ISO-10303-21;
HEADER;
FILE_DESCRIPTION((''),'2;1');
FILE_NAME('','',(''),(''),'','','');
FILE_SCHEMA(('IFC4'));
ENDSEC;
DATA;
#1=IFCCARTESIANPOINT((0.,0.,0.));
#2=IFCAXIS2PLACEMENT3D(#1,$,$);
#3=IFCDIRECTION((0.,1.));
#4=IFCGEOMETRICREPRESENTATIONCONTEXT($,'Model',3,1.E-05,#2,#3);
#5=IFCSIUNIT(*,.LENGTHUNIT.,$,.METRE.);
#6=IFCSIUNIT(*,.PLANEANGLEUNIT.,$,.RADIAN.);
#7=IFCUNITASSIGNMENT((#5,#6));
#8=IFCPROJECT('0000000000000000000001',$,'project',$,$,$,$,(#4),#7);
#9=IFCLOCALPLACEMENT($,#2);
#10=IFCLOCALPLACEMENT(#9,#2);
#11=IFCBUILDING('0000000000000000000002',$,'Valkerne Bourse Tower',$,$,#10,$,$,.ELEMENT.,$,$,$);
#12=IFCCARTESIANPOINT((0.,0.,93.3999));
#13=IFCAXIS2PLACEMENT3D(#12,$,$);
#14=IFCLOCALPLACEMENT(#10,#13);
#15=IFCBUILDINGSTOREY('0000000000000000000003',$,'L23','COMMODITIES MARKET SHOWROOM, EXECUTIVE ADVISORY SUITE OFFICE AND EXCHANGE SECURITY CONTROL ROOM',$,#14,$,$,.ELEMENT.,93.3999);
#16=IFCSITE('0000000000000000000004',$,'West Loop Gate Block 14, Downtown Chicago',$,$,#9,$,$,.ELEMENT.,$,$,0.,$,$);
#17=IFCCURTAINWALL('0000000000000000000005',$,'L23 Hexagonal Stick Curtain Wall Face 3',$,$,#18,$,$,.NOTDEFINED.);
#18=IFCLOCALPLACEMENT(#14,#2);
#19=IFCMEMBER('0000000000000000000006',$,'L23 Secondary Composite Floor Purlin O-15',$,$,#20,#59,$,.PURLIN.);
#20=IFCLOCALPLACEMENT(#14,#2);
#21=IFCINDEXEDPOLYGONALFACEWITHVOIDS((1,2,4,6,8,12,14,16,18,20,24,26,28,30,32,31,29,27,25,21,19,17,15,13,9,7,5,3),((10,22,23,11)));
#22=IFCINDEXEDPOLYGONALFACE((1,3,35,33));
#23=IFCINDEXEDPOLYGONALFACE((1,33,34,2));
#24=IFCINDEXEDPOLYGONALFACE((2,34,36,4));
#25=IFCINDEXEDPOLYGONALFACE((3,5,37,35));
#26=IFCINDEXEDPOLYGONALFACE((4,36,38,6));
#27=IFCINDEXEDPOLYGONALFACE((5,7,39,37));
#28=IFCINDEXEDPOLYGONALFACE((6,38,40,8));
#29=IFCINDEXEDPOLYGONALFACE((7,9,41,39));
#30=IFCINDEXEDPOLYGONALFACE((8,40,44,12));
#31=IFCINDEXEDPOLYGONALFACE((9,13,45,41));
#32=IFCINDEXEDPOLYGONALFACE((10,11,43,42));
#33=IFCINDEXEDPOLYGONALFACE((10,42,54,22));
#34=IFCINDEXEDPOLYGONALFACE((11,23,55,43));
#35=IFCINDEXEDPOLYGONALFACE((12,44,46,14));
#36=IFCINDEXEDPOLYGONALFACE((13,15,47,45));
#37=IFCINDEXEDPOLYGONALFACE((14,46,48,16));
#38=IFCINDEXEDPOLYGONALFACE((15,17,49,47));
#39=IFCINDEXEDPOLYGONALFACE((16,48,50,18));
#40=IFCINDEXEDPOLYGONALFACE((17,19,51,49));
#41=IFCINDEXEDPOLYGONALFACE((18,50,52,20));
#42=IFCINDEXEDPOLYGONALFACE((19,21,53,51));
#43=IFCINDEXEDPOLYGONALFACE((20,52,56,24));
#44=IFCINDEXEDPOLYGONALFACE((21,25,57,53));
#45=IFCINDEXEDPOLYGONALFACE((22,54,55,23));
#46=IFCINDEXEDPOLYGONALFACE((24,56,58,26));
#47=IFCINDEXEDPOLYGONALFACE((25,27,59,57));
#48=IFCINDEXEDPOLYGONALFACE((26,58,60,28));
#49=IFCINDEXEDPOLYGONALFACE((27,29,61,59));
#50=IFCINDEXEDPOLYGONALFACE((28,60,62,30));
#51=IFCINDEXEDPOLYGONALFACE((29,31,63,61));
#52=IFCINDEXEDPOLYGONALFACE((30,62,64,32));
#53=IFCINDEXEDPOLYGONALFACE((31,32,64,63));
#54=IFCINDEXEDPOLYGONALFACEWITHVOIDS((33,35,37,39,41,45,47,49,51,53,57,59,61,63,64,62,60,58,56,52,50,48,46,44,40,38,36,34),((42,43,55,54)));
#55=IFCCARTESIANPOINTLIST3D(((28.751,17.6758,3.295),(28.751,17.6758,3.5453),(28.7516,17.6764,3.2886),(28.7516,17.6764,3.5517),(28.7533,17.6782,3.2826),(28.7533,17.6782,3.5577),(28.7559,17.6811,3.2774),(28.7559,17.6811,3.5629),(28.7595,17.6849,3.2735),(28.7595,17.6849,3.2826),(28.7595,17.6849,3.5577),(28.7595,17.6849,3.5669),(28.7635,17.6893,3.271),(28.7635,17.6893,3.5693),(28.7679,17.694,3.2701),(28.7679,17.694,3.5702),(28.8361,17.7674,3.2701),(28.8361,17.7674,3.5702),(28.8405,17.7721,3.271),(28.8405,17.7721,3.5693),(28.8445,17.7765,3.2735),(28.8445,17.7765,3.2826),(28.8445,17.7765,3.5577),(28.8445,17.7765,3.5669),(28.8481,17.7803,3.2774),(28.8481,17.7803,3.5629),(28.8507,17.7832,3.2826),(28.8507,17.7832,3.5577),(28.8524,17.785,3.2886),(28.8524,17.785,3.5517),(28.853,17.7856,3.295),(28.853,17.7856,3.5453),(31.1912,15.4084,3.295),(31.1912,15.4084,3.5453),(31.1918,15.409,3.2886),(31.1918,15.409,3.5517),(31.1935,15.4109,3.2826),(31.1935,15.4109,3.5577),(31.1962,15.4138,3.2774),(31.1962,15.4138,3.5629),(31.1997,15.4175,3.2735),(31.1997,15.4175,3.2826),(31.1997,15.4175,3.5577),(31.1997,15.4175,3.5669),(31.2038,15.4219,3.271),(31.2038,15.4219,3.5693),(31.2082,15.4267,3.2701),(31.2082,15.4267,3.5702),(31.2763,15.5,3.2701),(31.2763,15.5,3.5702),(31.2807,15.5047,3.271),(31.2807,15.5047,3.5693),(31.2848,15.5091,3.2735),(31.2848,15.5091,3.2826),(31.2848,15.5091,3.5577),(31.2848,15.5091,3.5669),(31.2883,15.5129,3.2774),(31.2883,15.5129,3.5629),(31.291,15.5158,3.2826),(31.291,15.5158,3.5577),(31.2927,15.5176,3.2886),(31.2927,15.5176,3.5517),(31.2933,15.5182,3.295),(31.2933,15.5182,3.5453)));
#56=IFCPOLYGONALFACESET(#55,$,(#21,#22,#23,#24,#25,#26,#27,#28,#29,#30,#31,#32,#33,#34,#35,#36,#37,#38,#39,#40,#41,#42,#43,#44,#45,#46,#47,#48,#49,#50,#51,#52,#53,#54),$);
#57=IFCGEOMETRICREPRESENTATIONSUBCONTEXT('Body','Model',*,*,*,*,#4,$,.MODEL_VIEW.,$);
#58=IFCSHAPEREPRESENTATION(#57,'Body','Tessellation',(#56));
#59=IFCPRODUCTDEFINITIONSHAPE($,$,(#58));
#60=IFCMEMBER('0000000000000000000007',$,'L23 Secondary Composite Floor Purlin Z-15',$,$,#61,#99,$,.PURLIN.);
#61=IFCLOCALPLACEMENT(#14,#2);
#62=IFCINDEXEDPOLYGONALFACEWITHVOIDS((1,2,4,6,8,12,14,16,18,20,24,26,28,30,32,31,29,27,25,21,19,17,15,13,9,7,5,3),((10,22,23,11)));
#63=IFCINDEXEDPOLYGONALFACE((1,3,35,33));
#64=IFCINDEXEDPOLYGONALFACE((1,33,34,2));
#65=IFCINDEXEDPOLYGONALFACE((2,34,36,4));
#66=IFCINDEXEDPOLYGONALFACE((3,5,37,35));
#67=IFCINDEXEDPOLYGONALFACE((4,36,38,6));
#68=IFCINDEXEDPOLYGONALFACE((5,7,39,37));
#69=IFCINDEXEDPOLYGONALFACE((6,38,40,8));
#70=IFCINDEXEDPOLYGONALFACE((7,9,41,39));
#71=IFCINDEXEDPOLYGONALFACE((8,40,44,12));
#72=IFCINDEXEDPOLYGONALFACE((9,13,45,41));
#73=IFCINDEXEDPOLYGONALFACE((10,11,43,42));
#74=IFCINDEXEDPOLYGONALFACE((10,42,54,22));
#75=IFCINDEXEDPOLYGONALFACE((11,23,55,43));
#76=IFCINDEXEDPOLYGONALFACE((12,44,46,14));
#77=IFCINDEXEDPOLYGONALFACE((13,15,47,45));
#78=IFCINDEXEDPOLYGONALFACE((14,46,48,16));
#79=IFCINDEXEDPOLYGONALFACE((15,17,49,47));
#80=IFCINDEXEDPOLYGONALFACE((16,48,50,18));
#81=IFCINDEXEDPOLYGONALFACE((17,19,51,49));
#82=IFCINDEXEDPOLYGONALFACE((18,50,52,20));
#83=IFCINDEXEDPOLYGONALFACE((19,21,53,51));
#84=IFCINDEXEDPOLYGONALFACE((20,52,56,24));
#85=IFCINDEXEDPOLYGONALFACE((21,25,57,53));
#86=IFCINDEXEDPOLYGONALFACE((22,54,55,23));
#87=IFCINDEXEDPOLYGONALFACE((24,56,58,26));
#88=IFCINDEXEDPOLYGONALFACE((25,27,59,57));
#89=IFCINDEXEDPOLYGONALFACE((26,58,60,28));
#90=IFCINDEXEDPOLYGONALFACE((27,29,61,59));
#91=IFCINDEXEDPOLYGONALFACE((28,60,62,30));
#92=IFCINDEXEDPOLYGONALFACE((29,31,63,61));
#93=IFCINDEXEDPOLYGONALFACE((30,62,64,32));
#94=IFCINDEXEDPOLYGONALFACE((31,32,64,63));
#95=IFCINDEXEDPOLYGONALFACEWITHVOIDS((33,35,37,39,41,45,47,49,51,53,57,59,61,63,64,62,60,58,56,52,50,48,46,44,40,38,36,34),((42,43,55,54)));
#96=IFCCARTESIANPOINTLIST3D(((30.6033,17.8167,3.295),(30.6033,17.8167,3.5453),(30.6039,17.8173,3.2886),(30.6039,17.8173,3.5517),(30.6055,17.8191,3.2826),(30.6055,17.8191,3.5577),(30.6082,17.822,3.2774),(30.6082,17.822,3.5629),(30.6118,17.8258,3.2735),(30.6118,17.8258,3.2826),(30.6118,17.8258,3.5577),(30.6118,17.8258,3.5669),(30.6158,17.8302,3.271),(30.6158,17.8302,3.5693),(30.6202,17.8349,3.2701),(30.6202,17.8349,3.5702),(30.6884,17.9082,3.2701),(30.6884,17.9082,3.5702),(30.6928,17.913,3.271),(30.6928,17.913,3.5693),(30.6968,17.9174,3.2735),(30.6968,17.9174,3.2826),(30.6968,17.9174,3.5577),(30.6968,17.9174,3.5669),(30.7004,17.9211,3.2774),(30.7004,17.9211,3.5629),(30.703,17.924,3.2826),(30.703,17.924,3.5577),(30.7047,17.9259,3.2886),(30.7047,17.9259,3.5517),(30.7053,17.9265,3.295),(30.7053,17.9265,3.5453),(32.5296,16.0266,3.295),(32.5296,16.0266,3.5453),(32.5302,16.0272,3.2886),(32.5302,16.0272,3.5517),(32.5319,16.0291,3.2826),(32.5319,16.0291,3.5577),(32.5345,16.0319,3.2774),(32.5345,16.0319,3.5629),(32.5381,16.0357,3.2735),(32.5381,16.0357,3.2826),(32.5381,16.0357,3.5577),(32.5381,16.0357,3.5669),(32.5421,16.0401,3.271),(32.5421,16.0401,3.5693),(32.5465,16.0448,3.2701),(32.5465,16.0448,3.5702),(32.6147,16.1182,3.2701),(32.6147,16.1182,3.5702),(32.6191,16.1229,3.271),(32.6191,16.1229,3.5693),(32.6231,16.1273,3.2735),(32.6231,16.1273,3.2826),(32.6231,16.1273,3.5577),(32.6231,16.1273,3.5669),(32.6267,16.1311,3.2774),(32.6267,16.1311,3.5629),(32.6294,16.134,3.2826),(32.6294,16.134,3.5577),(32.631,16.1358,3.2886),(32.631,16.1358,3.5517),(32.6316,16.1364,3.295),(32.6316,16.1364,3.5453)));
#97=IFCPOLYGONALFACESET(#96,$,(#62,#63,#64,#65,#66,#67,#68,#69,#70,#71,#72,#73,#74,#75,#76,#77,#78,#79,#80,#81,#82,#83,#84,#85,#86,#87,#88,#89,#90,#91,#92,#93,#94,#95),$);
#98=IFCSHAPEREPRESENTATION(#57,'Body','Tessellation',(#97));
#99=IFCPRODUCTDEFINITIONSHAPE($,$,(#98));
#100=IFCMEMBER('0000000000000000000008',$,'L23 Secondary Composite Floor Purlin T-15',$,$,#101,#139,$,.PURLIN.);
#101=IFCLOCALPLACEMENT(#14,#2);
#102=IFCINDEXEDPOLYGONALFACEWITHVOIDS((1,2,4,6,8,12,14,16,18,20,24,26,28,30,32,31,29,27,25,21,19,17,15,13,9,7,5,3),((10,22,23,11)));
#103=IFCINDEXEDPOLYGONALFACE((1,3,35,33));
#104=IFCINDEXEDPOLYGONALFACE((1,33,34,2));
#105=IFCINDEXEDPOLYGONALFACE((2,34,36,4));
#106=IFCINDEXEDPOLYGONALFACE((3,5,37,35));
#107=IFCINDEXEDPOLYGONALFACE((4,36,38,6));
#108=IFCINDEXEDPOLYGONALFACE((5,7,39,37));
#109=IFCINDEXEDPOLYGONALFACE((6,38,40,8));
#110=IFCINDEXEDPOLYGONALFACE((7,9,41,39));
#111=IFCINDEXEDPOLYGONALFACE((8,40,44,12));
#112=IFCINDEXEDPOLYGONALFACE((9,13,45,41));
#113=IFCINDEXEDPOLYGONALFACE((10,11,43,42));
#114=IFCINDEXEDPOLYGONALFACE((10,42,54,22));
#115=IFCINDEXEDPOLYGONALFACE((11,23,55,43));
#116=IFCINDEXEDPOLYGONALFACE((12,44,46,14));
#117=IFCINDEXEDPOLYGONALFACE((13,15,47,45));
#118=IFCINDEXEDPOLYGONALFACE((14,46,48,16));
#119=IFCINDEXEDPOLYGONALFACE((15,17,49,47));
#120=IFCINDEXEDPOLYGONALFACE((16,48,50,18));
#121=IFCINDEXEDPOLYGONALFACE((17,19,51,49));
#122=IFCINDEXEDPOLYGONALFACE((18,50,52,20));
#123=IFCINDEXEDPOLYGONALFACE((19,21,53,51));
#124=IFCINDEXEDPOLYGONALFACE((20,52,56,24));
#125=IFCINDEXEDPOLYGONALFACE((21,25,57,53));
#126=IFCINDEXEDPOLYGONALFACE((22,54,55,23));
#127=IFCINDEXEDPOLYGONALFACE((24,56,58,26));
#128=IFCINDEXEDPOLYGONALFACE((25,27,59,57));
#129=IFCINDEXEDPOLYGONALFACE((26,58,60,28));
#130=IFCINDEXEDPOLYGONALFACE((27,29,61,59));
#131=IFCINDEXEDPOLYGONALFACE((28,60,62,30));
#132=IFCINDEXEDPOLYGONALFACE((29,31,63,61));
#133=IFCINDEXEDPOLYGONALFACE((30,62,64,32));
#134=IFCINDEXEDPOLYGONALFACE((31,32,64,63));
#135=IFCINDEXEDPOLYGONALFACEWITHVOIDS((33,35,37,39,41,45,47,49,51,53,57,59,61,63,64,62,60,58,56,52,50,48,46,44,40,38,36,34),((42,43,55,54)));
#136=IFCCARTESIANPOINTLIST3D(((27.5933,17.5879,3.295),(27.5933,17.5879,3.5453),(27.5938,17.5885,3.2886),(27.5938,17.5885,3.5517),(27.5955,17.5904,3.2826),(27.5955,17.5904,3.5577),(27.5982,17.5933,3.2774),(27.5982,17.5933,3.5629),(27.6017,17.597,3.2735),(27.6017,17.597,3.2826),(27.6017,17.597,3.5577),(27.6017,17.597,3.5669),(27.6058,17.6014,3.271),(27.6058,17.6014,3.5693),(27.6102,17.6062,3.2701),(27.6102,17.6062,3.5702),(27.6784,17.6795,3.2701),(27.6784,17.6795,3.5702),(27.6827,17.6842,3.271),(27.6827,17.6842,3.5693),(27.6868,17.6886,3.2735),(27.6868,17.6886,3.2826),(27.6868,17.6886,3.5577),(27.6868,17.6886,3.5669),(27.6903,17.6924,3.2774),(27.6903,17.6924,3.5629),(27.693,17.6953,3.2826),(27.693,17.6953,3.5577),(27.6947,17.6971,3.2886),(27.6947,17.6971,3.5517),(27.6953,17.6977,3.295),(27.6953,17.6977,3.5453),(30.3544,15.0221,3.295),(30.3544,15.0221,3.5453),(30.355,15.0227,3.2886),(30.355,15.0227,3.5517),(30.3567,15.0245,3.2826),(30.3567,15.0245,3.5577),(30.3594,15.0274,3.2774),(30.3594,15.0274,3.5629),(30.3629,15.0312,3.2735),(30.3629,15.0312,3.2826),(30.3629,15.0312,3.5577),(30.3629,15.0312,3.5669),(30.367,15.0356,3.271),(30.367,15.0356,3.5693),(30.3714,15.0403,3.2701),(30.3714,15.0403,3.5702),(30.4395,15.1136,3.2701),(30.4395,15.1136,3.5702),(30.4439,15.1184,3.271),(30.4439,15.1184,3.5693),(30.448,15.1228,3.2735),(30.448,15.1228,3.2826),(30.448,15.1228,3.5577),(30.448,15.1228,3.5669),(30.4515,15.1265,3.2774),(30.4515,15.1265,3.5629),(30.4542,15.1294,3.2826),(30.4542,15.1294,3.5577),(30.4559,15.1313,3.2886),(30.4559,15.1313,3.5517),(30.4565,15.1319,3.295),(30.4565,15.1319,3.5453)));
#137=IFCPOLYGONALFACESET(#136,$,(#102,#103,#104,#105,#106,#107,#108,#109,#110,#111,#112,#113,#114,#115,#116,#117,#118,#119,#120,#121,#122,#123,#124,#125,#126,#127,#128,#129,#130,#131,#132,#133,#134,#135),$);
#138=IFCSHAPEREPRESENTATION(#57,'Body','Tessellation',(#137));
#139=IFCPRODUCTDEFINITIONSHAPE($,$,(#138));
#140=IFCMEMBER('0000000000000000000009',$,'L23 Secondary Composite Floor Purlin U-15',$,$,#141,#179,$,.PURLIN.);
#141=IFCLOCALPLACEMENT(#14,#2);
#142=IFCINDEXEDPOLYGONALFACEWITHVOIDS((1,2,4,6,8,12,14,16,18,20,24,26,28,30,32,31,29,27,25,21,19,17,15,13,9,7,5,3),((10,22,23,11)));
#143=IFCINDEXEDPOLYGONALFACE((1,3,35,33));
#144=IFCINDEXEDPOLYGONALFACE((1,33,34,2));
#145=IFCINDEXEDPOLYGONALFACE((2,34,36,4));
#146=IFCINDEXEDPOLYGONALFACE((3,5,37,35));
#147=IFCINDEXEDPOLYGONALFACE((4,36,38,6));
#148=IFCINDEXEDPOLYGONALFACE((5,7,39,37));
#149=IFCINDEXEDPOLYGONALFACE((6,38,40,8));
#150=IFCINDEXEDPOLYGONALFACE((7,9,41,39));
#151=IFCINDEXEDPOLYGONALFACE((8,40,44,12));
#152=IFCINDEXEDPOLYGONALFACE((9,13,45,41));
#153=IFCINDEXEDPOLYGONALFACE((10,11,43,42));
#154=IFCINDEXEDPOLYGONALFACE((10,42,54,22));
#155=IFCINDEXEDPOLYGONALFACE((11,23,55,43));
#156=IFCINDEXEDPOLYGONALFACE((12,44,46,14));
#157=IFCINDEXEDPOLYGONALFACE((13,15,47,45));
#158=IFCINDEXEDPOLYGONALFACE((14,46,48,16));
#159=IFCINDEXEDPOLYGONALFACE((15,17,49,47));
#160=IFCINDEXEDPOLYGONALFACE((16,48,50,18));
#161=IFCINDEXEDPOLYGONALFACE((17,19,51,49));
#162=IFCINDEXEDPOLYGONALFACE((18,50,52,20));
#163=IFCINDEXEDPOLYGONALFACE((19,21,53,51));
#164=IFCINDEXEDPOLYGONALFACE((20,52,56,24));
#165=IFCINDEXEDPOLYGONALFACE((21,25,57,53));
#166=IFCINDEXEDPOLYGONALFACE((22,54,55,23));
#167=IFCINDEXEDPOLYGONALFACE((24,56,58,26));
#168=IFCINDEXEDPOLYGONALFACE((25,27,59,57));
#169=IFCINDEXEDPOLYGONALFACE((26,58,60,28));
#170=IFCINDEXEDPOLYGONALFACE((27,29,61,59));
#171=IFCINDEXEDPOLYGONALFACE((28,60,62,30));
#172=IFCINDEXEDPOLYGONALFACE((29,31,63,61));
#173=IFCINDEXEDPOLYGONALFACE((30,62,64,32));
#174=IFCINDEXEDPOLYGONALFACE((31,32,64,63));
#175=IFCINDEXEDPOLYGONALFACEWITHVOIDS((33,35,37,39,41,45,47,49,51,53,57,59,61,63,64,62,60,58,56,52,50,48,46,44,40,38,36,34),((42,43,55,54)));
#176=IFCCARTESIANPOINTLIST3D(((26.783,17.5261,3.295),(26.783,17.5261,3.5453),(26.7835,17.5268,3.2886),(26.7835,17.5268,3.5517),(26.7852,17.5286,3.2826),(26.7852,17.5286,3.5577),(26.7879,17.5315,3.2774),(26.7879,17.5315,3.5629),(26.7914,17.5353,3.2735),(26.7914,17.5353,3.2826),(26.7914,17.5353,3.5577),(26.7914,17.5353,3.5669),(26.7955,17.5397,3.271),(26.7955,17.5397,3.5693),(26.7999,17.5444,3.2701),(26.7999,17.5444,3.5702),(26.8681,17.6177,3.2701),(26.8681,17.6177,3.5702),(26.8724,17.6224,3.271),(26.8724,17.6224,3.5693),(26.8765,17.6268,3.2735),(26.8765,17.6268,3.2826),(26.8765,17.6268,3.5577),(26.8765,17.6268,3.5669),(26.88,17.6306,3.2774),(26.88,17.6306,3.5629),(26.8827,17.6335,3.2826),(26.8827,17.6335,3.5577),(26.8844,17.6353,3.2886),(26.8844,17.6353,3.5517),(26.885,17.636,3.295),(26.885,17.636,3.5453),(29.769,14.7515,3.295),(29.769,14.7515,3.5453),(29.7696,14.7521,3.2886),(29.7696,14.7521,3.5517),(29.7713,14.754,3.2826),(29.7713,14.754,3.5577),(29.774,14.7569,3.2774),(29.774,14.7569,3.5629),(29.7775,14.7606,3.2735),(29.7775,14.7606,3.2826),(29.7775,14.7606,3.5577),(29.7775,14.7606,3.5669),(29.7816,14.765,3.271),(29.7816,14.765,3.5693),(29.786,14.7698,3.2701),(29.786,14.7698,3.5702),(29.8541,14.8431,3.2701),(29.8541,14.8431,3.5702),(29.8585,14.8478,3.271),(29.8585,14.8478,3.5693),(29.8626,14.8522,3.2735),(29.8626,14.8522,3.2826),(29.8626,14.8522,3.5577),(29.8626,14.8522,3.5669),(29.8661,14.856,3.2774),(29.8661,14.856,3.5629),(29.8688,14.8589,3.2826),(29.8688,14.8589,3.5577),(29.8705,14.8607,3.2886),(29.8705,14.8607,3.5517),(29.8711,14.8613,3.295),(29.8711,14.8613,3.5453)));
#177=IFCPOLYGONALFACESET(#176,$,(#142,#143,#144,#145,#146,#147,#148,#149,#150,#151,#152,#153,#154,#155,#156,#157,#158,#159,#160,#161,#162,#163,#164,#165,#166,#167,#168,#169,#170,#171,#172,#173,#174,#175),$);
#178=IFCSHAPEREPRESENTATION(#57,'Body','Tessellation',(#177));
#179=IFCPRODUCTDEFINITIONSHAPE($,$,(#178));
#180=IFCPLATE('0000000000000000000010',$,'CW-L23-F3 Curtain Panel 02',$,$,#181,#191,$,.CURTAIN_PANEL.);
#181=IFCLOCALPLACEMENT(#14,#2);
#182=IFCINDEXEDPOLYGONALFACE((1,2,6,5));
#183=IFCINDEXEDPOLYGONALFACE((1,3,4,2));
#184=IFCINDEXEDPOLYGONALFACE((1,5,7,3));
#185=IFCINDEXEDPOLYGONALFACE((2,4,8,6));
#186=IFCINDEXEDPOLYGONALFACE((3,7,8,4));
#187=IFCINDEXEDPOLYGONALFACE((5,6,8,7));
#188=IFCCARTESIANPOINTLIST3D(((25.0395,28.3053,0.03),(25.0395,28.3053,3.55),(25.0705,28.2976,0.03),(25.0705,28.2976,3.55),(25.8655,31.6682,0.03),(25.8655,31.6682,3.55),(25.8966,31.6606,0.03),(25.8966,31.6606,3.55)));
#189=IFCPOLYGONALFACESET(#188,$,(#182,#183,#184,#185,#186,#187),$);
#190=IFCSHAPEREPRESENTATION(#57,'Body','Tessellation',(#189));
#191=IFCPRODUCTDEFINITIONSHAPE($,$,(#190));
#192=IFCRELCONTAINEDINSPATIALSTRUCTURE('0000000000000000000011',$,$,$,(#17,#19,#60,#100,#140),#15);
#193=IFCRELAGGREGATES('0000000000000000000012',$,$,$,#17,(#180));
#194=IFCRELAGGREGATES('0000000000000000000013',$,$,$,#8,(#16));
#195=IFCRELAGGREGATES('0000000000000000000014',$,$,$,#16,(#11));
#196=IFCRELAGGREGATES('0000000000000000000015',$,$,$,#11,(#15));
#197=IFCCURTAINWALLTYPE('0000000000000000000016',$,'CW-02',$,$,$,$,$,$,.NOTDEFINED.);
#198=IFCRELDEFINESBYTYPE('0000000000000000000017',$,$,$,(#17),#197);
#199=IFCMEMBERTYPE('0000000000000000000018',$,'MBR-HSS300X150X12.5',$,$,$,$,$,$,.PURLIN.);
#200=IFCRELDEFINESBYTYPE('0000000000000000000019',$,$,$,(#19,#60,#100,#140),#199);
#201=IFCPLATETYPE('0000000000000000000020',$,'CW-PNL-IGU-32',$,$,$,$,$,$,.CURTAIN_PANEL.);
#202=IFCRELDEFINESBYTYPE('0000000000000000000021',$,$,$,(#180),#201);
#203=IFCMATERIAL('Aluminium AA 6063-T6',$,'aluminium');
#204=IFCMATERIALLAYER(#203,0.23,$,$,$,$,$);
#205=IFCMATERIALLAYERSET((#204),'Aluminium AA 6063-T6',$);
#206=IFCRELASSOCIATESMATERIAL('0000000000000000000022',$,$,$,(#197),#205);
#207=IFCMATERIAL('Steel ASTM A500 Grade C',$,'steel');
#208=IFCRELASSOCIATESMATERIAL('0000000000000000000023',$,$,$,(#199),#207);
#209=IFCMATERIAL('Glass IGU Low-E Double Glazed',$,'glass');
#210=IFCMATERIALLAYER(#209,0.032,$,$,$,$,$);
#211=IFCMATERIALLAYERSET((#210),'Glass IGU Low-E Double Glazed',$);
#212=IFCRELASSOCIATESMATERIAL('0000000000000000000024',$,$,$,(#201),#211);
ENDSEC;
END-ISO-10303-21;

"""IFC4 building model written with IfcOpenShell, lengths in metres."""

from ifc_helpers import new_model, si_unit, direction, frame, origin, origin_2d, place, context, subcontext, project, spatial, rectangle, hollow_rectangle, extrude, material, layer, layer_set, material_profile, profile_set, type_object, element, aggregate, save


model = new_model("IFC4")

# Units and contexts
model_context = context("Model", 3, precision=1e-05, world=origin(), true_north=direction((0.0, 1.0)))
body_context = subcontext(model_context, "Body", "Model", "MODEL_VIEW")
ifc_project = project(units=[si_unit("LENGTHUNIT", "METRE"), si_unit("PLANEANGLEUNIT", "RADIAN")], contexts=[model_context])

# Site, building, storey
site_placement = place(None, origin())
site = spatial("IfcSite", under=ifc_project, at=site_placement, Name="West Loop Gate Block 14, Downtown Chicago", CompositionType="ELEMENT", RefElevation=0.0)
building_placement = place(site_placement, origin())
building = spatial("IfcBuilding", under=site, at=building_placement, Name="Valkerne Bourse Tower", CompositionType="ELEMENT")
storey_placement = place(building_placement, frame((0.0, 0.0, 93.3999)))
storey = spatial("IfcBuildingStorey", under=building, at=storey_placement, Name="L23", Description="COMMODITIES MARKET SHOWROOM, EXECUTIVE ADVISORY SUITE OFFICE AND EXCHANGE SECURITY CONTROL ROOM", CompositionType="ELEMENT", Elevation=93.3999)

# Curtain wall
ifc_material_1 = material(Name="Aluminium AA 6063-T6", Category="aluminium")
ifc_layer_1 = layer(ifc_material_1, 0.23)
ifc_layer_set_1 = layer_set([ifc_layer_1], Name="Aluminium AA 6063-T6")
curtain_wall_type = type_object("IfcCurtainWallType", Name="CW-02", PredefinedType="NOTDEFINED", material=ifc_layer_set_1)
curtain_wall_1_placement = place(storey_placement, origin())
curtain_wall_1 = element("IfcCurtainWall", 1, at=curtain_wall_1_placement, inside=storey, type_object=curtain_wall_type, Name="L23 Hexagonal Stick Curtain Wall Face 3", PredefinedType="NOTDEFINED")

# Members
ifc_material_2 = material(Name="Steel ASTM A500 Grade C", Category="steel")
ifc_material_profile_1 = material_profile(ifc_material_2, hollow_rectangle(XDim=0.1499, YDim=0.3, WallThickness=0.0125, OuterFilletRadius=0.0249, at=origin_2d()), Name="HSS300X150X12.5")
ifc_profile_set_1 = profile_set([ifc_material_profile_1], Name="Steel ASTM A500 Grade C")
member_type_1 = type_object("IfcMemberType", Name="MBR-HSS300X150X12.5", PredefinedType="PURLIN", material=ifc_profile_set_1)
member_1_placement = place(storey_placement, frame((28.802, 17.7307, 3.4202), z_axis=(0.732577, -0.680684, 0.0), x_axis=(0.680684, 0.732577, 0.0)))
element("IfcMember", 2, at=member_1_placement, inside=storey, type_object=member_type_1, Name="L23 Secondary Composite Floor Purlin O-15", PredefinedType="PURLIN", context=body_context, shape_type="SweptSolid", body=[
    extrude(hollow_rectangle(XDim=0.1499, YDim=0.3, WallThickness=0.0125, OuterFilletRadius=0.0249, at=origin_2d()), origin(), (0.0, 0.0, 1.0), 3.3311),
])
member_2_placement = place(storey_placement, frame((30.6543, 17.8716, 3.4202), z_axis=(0.732536, -0.680729, 0.0), x_axis=(0.680729, 0.732536, 0.0)))
element("IfcMember", 3, at=member_2_placement, inside=storey, type_object=member_type_1, Name="L23 Secondary Composite Floor Purlin Z-15", PredefinedType="PURLIN", context=body_context, shape_type="SweptSolid", body=[
    extrude(hollow_rectangle(XDim=0.1499, YDim=0.3, WallThickness=0.0125, OuterFilletRadius=0.0249, at=origin_2d()), origin(), (0.0, 0.0, 1.0), 2.6296),
])
member_3_placement = place(storey_placement, frame((27.6443, 17.6428, 3.4202), z_axis=(0.73254, -0.680724, 0.0), x_axis=(0.680724, 0.73254, 0.0)))
element("IfcMember", 4, at=member_3_placement, inside=storey, type_object=member_type_1, Name="L23 Secondary Composite Floor Purlin T-15", PredefinedType="PURLIN", context=body_context, shape_type="SweptSolid", body=[
    extrude(hollow_rectangle(XDim=0.1499, YDim=0.3, WallThickness=0.0125, OuterFilletRadius=0.0249, at=origin_2d()), origin(), (0.0, 0.0, 1.0), 3.7693),
])
member_4_placement = place(storey_placement, frame((26.834, 17.5811, 3.4202), z_axis=(0.732565, -0.680697, 0.0), x_axis=(0.680697, 0.732565, 0.0)))
element("IfcMember", 5, at=member_4_placement, inside=storey, type_object=member_type_1, Name="L23 Secondary Composite Floor Purlin U-15", PredefinedType="PURLIN", context=body_context, shape_type="SweptSolid", body=[
    extrude(hollow_rectangle(XDim=0.1499, YDim=0.3, WallThickness=0.0125, OuterFilletRadius=0.0249, at=origin_2d()), origin(), (0.0, 0.0, 1.0), 4.0762),
])

# Plate
ifc_material_3 = material(Name="Glass IGU Low-E Double Glazed", Category="glass")
ifc_layer_2 = layer(ifc_material_3, 0.032)
ifc_layer_set_2 = layer_set([ifc_layer_2], Name="Glass IGU Low-E Double Glazed")
plate_type = type_object("IfcPlateType", Name="CW-PNL-IGU-32", PredefinedType="CURTAIN_PANEL", material=ifc_layer_set_2)
plate_1_placement = place(storey_placement, frame((25.468, 29.9829, 0.03), z_axis=(0.0, 0.0, 1.0), x_axis=(-0.238534, -0.971134, 0.0)))
plate_1 = element("IfcPlate", 6, at=plate_1_placement, type_object=plate_type, Name="CW-L23-F3 Curtain Panel 02", PredefinedType="CURTAIN_PANEL", context=body_context, shape_type="SweptSolid", body=[
    extrude(rectangle(XDim=3.4629, YDim=0.032, at=origin_2d()), origin(), (0.0, 0.0, 1.0), 3.52),
])
aggregate(curtain_wall_1, [plate_1])

save(model, "model.ifc")
